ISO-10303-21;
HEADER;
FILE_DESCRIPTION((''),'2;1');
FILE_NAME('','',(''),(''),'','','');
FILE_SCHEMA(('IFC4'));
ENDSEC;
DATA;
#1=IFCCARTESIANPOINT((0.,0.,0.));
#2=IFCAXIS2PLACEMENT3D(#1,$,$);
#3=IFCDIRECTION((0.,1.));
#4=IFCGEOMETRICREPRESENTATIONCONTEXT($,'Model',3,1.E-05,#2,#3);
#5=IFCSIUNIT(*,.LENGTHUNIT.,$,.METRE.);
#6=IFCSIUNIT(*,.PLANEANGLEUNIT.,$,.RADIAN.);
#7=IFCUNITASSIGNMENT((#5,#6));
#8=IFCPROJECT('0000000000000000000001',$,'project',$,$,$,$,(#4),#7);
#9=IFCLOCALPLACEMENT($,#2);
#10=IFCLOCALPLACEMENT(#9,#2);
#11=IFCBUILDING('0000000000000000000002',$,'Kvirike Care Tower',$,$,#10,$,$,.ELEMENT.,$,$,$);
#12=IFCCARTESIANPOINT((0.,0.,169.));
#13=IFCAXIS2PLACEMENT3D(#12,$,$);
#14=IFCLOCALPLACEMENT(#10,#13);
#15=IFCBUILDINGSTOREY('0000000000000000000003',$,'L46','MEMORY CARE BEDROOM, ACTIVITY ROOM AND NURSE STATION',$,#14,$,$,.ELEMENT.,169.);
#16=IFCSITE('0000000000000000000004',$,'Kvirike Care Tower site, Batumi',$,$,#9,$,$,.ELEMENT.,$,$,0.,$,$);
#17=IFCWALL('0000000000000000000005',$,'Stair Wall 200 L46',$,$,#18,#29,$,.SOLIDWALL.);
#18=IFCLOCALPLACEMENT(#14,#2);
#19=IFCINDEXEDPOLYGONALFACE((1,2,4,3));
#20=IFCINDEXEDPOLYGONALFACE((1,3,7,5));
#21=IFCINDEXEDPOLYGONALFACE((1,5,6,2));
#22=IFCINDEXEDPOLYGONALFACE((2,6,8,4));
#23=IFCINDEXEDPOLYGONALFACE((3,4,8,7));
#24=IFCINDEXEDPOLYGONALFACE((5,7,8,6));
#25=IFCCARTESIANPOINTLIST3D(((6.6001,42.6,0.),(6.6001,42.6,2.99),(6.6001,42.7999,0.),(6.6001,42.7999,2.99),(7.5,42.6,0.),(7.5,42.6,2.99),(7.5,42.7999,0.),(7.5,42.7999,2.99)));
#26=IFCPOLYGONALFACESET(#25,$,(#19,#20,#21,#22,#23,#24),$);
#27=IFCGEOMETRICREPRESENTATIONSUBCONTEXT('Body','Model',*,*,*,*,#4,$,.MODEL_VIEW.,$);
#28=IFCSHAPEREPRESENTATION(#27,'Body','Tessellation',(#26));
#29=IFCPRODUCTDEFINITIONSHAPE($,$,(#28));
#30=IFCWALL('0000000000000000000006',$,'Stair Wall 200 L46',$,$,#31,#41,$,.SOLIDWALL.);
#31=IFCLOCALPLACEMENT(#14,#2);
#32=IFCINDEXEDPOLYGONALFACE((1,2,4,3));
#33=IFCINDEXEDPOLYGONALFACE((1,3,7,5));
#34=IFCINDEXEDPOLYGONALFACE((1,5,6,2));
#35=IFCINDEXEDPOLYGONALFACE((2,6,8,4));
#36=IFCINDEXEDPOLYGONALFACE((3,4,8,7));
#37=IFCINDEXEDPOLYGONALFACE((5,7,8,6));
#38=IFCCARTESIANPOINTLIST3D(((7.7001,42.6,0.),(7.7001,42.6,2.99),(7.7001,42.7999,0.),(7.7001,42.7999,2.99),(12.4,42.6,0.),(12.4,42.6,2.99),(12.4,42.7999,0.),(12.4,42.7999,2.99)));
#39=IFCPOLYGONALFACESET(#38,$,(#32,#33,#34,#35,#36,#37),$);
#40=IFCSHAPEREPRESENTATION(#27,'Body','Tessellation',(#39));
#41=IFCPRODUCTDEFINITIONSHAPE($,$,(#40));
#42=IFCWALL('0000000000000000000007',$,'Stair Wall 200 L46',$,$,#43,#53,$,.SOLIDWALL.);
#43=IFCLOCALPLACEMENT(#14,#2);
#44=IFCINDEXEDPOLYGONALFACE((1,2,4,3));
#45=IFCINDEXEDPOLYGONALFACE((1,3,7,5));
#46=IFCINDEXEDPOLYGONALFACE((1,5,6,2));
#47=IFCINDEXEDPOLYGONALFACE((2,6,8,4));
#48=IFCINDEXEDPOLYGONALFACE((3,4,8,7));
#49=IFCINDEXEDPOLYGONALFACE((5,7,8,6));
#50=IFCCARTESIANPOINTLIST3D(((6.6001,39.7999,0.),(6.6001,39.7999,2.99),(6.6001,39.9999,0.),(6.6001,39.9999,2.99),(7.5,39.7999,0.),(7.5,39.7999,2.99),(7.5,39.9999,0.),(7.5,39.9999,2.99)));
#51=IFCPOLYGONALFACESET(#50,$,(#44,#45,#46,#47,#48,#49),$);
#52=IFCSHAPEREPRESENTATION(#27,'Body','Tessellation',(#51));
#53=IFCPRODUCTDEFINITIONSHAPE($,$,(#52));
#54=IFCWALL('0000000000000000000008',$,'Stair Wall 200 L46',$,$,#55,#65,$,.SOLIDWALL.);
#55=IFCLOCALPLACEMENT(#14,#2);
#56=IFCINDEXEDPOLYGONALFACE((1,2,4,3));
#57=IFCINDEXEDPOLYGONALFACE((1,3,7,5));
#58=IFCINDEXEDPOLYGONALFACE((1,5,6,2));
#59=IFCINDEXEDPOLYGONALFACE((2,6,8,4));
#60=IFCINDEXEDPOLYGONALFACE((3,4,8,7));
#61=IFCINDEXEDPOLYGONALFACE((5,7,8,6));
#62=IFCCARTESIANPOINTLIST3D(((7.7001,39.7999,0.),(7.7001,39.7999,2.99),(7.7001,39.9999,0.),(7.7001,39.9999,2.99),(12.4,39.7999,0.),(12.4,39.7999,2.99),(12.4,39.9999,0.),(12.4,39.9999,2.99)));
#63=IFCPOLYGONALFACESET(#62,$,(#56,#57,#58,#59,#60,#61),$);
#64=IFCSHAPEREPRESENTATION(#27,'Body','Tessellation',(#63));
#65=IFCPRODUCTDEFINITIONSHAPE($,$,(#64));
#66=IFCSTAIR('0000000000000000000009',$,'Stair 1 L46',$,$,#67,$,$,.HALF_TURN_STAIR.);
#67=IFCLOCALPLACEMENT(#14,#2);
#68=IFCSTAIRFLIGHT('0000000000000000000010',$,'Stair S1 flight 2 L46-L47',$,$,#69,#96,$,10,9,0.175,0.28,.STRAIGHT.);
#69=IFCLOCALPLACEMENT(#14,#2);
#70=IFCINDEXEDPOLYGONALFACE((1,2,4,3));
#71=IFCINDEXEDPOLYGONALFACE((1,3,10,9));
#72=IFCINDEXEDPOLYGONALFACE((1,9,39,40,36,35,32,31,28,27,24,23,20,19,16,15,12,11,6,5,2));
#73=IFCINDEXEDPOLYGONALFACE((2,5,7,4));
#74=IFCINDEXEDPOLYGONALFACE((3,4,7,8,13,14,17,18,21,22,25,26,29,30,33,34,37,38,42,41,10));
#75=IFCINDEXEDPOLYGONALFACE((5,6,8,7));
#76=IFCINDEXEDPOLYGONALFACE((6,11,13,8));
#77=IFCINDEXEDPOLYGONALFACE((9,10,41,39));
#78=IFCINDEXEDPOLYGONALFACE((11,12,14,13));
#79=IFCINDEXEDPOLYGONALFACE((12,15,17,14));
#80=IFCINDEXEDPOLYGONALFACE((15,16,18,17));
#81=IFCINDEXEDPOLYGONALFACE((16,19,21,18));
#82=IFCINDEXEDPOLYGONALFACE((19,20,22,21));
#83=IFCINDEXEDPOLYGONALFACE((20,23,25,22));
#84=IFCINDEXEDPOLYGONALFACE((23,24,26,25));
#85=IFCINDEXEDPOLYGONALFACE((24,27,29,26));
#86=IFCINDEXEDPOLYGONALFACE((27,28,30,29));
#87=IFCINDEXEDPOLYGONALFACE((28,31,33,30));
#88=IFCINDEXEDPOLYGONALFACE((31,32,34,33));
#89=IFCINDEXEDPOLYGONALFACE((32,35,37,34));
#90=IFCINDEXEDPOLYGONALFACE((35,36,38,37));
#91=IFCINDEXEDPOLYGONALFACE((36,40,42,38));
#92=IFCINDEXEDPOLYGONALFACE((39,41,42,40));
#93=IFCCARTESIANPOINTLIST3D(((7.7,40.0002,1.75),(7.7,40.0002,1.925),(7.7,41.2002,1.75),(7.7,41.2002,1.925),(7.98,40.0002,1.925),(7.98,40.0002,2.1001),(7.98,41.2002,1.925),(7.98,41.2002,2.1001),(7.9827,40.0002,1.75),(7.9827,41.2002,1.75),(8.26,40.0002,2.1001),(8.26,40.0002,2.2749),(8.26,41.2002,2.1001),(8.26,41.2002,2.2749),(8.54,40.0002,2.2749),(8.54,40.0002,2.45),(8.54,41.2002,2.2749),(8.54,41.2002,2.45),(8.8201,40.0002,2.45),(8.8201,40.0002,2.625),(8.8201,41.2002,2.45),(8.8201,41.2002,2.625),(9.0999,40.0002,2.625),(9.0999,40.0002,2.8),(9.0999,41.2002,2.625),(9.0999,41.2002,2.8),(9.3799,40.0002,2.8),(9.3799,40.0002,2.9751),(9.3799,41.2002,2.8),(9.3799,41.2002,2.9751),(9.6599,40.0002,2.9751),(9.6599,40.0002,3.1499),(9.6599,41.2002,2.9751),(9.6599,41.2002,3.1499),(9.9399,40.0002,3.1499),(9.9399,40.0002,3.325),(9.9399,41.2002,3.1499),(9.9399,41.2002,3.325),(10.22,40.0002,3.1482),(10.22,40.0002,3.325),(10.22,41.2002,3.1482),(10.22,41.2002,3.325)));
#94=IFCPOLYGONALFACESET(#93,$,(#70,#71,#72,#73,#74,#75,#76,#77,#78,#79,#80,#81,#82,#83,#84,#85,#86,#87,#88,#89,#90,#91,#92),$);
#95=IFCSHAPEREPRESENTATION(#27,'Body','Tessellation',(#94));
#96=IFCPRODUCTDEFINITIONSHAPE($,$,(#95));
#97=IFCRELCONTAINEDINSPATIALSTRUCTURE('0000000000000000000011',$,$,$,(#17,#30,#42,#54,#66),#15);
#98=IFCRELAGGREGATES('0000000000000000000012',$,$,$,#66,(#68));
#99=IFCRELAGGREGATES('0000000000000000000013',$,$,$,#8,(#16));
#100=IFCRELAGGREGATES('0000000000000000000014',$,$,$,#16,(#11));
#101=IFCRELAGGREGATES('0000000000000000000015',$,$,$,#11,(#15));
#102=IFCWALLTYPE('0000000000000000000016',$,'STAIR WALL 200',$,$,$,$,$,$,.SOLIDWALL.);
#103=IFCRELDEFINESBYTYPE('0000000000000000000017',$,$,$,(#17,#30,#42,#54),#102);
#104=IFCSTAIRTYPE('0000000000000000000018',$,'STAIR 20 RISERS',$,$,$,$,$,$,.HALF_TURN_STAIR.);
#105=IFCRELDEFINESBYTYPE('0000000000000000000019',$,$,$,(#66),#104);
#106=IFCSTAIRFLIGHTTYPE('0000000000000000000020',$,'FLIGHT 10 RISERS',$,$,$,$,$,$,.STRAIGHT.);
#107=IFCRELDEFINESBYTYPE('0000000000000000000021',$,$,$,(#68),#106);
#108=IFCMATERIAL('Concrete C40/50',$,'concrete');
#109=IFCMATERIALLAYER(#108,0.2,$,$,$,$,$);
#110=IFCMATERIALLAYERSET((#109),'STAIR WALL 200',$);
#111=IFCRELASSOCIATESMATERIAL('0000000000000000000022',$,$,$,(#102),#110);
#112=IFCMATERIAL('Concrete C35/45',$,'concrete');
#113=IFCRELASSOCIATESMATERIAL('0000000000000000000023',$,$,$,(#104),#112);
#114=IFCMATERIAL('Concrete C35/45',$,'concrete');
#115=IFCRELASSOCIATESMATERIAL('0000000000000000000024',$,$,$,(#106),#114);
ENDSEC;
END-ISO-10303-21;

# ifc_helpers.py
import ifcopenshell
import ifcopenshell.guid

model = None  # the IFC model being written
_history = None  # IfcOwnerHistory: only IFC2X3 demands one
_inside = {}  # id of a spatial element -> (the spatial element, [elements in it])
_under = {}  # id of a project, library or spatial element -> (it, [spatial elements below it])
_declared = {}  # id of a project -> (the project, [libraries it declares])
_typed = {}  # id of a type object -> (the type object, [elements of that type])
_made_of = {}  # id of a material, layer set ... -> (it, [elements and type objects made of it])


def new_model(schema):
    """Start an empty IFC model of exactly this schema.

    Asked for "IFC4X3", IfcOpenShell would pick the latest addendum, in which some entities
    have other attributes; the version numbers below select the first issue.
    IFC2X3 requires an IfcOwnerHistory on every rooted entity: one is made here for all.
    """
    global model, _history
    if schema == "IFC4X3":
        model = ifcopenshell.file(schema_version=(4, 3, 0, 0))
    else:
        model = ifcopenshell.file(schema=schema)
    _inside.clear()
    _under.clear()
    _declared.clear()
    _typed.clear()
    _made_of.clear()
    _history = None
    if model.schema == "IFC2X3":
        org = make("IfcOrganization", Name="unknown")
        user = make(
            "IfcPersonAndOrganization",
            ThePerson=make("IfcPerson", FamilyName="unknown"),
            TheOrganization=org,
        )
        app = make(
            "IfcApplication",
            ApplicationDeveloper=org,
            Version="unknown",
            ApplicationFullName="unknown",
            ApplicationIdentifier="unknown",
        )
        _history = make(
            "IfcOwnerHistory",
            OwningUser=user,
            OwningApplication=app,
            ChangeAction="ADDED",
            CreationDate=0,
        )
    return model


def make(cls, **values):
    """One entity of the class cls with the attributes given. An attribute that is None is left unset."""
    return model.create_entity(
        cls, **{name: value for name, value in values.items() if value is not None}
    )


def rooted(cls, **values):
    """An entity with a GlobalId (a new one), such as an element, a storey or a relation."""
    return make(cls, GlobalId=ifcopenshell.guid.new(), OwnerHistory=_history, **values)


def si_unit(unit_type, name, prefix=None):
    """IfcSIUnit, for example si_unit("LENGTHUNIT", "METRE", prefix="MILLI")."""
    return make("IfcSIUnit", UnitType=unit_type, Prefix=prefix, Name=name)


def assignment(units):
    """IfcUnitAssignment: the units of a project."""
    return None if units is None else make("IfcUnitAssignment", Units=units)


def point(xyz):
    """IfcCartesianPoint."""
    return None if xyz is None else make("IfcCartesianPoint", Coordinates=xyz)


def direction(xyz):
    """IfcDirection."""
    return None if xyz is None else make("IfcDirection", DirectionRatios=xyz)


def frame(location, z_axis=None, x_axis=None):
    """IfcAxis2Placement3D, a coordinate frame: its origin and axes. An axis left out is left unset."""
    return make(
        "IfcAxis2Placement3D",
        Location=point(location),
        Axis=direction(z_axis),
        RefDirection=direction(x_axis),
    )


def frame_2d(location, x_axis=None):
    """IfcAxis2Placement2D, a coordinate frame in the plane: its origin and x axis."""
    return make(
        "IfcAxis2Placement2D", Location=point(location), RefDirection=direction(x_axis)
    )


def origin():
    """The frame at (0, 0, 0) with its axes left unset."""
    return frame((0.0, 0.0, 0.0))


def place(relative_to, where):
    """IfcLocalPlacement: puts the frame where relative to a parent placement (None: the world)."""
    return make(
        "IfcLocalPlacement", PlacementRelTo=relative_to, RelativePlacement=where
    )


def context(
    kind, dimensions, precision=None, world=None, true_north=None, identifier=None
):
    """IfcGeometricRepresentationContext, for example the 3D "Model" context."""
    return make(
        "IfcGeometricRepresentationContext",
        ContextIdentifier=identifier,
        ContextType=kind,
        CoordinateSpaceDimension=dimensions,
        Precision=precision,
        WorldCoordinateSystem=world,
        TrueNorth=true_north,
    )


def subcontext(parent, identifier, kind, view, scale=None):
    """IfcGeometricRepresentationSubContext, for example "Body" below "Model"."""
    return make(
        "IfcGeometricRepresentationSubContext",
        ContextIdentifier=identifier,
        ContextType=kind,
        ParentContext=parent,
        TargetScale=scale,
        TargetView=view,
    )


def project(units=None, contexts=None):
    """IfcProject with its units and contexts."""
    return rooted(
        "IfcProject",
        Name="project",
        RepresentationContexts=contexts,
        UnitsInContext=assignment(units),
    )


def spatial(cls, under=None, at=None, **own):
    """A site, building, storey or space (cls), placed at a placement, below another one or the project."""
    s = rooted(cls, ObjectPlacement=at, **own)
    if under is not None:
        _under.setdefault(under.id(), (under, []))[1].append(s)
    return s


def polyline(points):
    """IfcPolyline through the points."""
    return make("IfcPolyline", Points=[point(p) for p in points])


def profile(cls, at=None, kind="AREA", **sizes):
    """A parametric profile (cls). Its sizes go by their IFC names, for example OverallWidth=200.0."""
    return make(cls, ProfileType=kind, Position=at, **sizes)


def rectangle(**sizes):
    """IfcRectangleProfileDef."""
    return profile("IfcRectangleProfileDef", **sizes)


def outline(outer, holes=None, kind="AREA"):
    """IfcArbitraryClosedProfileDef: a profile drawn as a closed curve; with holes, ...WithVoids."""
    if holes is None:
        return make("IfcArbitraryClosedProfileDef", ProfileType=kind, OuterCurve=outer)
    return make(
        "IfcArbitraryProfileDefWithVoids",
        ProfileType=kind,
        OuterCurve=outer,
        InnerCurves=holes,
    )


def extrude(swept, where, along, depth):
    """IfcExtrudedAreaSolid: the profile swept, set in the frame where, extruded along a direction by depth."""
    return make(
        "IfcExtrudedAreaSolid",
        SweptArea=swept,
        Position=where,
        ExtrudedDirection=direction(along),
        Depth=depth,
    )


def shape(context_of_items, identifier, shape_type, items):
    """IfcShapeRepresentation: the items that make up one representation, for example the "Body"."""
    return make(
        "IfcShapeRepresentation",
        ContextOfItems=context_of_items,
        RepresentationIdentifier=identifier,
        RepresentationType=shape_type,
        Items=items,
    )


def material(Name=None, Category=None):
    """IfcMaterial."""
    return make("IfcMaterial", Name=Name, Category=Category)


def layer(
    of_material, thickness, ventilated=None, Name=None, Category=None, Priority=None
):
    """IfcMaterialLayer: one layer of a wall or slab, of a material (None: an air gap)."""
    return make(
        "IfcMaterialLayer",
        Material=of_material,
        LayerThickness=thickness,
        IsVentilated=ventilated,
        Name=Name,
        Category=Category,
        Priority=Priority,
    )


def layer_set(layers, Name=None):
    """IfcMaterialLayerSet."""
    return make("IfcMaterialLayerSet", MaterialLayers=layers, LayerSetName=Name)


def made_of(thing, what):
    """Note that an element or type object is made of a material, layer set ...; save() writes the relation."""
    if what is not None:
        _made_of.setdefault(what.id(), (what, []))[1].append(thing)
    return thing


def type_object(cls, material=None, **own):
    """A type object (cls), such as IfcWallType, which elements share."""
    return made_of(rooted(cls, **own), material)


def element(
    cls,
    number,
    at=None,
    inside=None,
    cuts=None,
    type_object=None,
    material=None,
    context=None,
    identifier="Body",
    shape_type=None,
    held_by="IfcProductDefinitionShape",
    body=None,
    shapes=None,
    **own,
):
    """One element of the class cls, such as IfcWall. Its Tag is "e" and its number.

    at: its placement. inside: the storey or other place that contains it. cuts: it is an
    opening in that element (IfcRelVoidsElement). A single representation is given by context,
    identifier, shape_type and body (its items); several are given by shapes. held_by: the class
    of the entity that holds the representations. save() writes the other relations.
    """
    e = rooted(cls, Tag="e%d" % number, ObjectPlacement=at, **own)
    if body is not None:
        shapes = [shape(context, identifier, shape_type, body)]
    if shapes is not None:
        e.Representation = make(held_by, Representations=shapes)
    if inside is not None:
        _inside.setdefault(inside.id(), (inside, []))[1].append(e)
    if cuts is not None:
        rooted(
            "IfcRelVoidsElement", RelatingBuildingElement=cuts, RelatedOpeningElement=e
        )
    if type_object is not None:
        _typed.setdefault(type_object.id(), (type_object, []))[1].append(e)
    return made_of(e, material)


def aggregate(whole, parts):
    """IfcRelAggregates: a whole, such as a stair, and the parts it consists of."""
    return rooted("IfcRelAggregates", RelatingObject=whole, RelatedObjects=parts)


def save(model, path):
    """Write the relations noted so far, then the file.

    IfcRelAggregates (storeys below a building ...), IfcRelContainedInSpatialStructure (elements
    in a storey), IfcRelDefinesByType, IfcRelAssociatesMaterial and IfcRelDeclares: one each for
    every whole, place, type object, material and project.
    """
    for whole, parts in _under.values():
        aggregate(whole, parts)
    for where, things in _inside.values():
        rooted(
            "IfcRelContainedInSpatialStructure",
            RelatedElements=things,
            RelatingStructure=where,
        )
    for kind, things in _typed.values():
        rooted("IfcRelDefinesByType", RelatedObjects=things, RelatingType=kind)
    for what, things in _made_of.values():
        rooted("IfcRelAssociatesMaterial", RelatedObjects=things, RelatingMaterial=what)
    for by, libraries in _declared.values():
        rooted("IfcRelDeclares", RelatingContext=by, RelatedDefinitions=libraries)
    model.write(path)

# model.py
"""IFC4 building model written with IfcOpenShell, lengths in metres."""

from ifc_helpers import new_model, si_unit, direction, frame, frame_2d, origin, place, context, subcontext, project, spatial, polyline, rectangle, outline, extrude, material, layer, layer_set, type_object, element, aggregate, save


model = new_model("IFC4")

# Units and contexts
model_context = context("Model", 3, precision=1e-05, world=origin(), true_north=direction((0.0, 1.0)))
body_context = subcontext(model_context, "Body", "Model", "MODEL_VIEW")
ifc_project = project(units=[si_unit("LENGTHUNIT", "METRE"), si_unit("PLANEANGLEUNIT", "RADIAN")], contexts=[model_context])

# Site, building, storey
site_placement = place(None, origin())
site = spatial("IfcSite", under=ifc_project, at=site_placement, Name="Kvirike Care Tower site, Batumi", CompositionType="ELEMENT", RefElevation=0.0)
building_placement = place(site_placement, origin())
building = spatial("IfcBuilding", under=site, at=building_placement, Name="Kvirike Care Tower", CompositionType="ELEMENT")
storey_placement = place(building_placement, frame((0.0, 0.0, 169.0)))
storey = spatial("IfcBuildingStorey", under=building, at=storey_placement, Name="L46", Description="MEMORY CARE BEDROOM, ACTIVITY ROOM AND NURSE STATION", CompositionType="ELEMENT", Elevation=169.0)

# Walls
ifc_material_1 = material(Name="Concrete C40/50", Category="concrete")
ifc_layer_1 = layer(ifc_material_1, 0.2)
ifc_layer_set_1 = layer_set([ifc_layer_1], Name="STAIR WALL 200")
wall_type_1 = type_object("IfcWallType", Name="STAIR WALL 200", PredefinedType="SOLIDWALL", material=ifc_layer_set_1)
wall_1_placement = place(storey_placement, frame((6.6001, 42.7, 0.0), z_axis=(0.0, 0.0, 1.0), x_axis=(1.0, 0.0, 0.0)))
element("IfcWall", 1, at=wall_1_placement, inside=storey, type_object=wall_type_1, Name="Stair Wall 200 L46", PredefinedType="SOLIDWALL", context=body_context, shape_type="SweptSolid", body=[
    extrude(rectangle(XDim=0.8999, YDim=0.2, at=frame_2d((0.45, 0.0))), origin(), (0.0, 0.0, 1.0), 2.99),
])
wall_2_placement = place(storey_placement, frame((7.7, 42.7, 0.0), z_axis=(0.0, 0.0, 1.0), x_axis=(1.0, 0.0, 0.0)))
element("IfcWall", 2, at=wall_2_placement, inside=storey, type_object=wall_type_1, Name="Stair Wall 200 L46", PredefinedType="SOLIDWALL", context=body_context, shape_type="SweptSolid", body=[
    extrude(rectangle(XDim=4.7, YDim=0.2, at=frame_2d((2.3501, 0.0))), origin(), (0.0, 0.0, 1.0), 2.99),
])
wall_3_placement = place(storey_placement, frame((6.6001, 39.8999, 0.0), z_axis=(0.0, 0.0, 1.0), x_axis=(1.0, 0.0, 0.0)))
element("IfcWall", 3, at=wall_3_placement, inside=storey, type_object=wall_type_1, Name="Stair Wall 200 L46", PredefinedType="SOLIDWALL", context=body_context, shape_type="SweptSolid", body=[
    extrude(rectangle(XDim=0.8999, YDim=0.2, at=frame_2d((0.45, 0.0))), origin(), (0.0, 0.0, 1.0), 2.99),
])
wall_4_placement = place(storey_placement, frame((7.7, 39.8999, 0.0), z_axis=(0.0, 0.0, 1.0), x_axis=(1.0, 0.0, 0.0)))
element("IfcWall", 4, at=wall_4_placement, inside=storey, type_object=wall_type_1, Name="Stair Wall 200 L46", PredefinedType="SOLIDWALL", context=body_context, shape_type="SweptSolid", body=[
    extrude(rectangle(XDim=4.7, YDim=0.2, at=frame_2d((2.3501, 0.0))), origin(), (0.0, 0.0, 1.0), 2.99),
])

# Stair, stair flight
ifc_material_2 = material(Name="Concrete C35/45", Category="concrete")
stair_type = type_object("IfcStairType", Name="STAIR 20 RISERS", PredefinedType="HALF_TURN_STAIR", material=ifc_material_2)
stair_placement = place(storey_placement, origin())
stair = element("IfcStair", 5, at=stair_placement, inside=storey, type_object=stair_type, Name="Stair 1 L46", PredefinedType="HALF_TURN_STAIR")
ifc_material_3 = material(Name="Concrete C35/45", Category="concrete")
stair_flight_type = type_object("IfcStairFlightType", Name="FLIGHT 10 RISERS", PredefinedType="STRAIGHT", material=ifc_material_3)
stair_flight_placement = place(storey_placement, frame((7.7, 40.6001, 1.75), z_axis=(0.0, 0.0, 1.0), x_axis=(1.0, 0.0, 0.0)))
stair_flight = element("IfcStairFlight", 6, at=stair_flight_placement, type_object=stair_flight_type, Name="Stair S1 flight 2 L46-L47", NumberOfRisers=10, NumberOfTreads=9, PredefinedType="STRAIGHT", RiserHeight=0.175, TreadLength=0.28, context=body_context, shape_type="SweptSolid", body=[
    extrude(outline(polyline([(0.0, 0.0), (0.0, 0.175), (0.28, 0.175), (0.28, 0.3501), (0.5601, 0.3501), (0.5601, 0.5249), (0.8401, 0.5249), (0.8401, 0.7), (1.1201, 0.7), (1.1201, 0.875), (1.3999, 0.875), (1.3999, 1.05), (1.6799, 1.05), (1.6799, 1.2251), (1.96, 1.2251), (1.96, 1.3999), (2.24, 1.3999), (2.24, 1.575), (2.52, 1.575), (2.52, 1.75), (2.52, 1.3982), (0.2827, 0.0), (0.0, 0.0)])), frame((0.0, 0.6001, 0.0), z_axis=(0.0, -1.0, 0.0), x_axis=(1.0, 0.0, 0.0)), (0.0, 0.0, 1.0), 1.2),
])
aggregate(stair, [stair_flight])

save(model, "model.ifc")
